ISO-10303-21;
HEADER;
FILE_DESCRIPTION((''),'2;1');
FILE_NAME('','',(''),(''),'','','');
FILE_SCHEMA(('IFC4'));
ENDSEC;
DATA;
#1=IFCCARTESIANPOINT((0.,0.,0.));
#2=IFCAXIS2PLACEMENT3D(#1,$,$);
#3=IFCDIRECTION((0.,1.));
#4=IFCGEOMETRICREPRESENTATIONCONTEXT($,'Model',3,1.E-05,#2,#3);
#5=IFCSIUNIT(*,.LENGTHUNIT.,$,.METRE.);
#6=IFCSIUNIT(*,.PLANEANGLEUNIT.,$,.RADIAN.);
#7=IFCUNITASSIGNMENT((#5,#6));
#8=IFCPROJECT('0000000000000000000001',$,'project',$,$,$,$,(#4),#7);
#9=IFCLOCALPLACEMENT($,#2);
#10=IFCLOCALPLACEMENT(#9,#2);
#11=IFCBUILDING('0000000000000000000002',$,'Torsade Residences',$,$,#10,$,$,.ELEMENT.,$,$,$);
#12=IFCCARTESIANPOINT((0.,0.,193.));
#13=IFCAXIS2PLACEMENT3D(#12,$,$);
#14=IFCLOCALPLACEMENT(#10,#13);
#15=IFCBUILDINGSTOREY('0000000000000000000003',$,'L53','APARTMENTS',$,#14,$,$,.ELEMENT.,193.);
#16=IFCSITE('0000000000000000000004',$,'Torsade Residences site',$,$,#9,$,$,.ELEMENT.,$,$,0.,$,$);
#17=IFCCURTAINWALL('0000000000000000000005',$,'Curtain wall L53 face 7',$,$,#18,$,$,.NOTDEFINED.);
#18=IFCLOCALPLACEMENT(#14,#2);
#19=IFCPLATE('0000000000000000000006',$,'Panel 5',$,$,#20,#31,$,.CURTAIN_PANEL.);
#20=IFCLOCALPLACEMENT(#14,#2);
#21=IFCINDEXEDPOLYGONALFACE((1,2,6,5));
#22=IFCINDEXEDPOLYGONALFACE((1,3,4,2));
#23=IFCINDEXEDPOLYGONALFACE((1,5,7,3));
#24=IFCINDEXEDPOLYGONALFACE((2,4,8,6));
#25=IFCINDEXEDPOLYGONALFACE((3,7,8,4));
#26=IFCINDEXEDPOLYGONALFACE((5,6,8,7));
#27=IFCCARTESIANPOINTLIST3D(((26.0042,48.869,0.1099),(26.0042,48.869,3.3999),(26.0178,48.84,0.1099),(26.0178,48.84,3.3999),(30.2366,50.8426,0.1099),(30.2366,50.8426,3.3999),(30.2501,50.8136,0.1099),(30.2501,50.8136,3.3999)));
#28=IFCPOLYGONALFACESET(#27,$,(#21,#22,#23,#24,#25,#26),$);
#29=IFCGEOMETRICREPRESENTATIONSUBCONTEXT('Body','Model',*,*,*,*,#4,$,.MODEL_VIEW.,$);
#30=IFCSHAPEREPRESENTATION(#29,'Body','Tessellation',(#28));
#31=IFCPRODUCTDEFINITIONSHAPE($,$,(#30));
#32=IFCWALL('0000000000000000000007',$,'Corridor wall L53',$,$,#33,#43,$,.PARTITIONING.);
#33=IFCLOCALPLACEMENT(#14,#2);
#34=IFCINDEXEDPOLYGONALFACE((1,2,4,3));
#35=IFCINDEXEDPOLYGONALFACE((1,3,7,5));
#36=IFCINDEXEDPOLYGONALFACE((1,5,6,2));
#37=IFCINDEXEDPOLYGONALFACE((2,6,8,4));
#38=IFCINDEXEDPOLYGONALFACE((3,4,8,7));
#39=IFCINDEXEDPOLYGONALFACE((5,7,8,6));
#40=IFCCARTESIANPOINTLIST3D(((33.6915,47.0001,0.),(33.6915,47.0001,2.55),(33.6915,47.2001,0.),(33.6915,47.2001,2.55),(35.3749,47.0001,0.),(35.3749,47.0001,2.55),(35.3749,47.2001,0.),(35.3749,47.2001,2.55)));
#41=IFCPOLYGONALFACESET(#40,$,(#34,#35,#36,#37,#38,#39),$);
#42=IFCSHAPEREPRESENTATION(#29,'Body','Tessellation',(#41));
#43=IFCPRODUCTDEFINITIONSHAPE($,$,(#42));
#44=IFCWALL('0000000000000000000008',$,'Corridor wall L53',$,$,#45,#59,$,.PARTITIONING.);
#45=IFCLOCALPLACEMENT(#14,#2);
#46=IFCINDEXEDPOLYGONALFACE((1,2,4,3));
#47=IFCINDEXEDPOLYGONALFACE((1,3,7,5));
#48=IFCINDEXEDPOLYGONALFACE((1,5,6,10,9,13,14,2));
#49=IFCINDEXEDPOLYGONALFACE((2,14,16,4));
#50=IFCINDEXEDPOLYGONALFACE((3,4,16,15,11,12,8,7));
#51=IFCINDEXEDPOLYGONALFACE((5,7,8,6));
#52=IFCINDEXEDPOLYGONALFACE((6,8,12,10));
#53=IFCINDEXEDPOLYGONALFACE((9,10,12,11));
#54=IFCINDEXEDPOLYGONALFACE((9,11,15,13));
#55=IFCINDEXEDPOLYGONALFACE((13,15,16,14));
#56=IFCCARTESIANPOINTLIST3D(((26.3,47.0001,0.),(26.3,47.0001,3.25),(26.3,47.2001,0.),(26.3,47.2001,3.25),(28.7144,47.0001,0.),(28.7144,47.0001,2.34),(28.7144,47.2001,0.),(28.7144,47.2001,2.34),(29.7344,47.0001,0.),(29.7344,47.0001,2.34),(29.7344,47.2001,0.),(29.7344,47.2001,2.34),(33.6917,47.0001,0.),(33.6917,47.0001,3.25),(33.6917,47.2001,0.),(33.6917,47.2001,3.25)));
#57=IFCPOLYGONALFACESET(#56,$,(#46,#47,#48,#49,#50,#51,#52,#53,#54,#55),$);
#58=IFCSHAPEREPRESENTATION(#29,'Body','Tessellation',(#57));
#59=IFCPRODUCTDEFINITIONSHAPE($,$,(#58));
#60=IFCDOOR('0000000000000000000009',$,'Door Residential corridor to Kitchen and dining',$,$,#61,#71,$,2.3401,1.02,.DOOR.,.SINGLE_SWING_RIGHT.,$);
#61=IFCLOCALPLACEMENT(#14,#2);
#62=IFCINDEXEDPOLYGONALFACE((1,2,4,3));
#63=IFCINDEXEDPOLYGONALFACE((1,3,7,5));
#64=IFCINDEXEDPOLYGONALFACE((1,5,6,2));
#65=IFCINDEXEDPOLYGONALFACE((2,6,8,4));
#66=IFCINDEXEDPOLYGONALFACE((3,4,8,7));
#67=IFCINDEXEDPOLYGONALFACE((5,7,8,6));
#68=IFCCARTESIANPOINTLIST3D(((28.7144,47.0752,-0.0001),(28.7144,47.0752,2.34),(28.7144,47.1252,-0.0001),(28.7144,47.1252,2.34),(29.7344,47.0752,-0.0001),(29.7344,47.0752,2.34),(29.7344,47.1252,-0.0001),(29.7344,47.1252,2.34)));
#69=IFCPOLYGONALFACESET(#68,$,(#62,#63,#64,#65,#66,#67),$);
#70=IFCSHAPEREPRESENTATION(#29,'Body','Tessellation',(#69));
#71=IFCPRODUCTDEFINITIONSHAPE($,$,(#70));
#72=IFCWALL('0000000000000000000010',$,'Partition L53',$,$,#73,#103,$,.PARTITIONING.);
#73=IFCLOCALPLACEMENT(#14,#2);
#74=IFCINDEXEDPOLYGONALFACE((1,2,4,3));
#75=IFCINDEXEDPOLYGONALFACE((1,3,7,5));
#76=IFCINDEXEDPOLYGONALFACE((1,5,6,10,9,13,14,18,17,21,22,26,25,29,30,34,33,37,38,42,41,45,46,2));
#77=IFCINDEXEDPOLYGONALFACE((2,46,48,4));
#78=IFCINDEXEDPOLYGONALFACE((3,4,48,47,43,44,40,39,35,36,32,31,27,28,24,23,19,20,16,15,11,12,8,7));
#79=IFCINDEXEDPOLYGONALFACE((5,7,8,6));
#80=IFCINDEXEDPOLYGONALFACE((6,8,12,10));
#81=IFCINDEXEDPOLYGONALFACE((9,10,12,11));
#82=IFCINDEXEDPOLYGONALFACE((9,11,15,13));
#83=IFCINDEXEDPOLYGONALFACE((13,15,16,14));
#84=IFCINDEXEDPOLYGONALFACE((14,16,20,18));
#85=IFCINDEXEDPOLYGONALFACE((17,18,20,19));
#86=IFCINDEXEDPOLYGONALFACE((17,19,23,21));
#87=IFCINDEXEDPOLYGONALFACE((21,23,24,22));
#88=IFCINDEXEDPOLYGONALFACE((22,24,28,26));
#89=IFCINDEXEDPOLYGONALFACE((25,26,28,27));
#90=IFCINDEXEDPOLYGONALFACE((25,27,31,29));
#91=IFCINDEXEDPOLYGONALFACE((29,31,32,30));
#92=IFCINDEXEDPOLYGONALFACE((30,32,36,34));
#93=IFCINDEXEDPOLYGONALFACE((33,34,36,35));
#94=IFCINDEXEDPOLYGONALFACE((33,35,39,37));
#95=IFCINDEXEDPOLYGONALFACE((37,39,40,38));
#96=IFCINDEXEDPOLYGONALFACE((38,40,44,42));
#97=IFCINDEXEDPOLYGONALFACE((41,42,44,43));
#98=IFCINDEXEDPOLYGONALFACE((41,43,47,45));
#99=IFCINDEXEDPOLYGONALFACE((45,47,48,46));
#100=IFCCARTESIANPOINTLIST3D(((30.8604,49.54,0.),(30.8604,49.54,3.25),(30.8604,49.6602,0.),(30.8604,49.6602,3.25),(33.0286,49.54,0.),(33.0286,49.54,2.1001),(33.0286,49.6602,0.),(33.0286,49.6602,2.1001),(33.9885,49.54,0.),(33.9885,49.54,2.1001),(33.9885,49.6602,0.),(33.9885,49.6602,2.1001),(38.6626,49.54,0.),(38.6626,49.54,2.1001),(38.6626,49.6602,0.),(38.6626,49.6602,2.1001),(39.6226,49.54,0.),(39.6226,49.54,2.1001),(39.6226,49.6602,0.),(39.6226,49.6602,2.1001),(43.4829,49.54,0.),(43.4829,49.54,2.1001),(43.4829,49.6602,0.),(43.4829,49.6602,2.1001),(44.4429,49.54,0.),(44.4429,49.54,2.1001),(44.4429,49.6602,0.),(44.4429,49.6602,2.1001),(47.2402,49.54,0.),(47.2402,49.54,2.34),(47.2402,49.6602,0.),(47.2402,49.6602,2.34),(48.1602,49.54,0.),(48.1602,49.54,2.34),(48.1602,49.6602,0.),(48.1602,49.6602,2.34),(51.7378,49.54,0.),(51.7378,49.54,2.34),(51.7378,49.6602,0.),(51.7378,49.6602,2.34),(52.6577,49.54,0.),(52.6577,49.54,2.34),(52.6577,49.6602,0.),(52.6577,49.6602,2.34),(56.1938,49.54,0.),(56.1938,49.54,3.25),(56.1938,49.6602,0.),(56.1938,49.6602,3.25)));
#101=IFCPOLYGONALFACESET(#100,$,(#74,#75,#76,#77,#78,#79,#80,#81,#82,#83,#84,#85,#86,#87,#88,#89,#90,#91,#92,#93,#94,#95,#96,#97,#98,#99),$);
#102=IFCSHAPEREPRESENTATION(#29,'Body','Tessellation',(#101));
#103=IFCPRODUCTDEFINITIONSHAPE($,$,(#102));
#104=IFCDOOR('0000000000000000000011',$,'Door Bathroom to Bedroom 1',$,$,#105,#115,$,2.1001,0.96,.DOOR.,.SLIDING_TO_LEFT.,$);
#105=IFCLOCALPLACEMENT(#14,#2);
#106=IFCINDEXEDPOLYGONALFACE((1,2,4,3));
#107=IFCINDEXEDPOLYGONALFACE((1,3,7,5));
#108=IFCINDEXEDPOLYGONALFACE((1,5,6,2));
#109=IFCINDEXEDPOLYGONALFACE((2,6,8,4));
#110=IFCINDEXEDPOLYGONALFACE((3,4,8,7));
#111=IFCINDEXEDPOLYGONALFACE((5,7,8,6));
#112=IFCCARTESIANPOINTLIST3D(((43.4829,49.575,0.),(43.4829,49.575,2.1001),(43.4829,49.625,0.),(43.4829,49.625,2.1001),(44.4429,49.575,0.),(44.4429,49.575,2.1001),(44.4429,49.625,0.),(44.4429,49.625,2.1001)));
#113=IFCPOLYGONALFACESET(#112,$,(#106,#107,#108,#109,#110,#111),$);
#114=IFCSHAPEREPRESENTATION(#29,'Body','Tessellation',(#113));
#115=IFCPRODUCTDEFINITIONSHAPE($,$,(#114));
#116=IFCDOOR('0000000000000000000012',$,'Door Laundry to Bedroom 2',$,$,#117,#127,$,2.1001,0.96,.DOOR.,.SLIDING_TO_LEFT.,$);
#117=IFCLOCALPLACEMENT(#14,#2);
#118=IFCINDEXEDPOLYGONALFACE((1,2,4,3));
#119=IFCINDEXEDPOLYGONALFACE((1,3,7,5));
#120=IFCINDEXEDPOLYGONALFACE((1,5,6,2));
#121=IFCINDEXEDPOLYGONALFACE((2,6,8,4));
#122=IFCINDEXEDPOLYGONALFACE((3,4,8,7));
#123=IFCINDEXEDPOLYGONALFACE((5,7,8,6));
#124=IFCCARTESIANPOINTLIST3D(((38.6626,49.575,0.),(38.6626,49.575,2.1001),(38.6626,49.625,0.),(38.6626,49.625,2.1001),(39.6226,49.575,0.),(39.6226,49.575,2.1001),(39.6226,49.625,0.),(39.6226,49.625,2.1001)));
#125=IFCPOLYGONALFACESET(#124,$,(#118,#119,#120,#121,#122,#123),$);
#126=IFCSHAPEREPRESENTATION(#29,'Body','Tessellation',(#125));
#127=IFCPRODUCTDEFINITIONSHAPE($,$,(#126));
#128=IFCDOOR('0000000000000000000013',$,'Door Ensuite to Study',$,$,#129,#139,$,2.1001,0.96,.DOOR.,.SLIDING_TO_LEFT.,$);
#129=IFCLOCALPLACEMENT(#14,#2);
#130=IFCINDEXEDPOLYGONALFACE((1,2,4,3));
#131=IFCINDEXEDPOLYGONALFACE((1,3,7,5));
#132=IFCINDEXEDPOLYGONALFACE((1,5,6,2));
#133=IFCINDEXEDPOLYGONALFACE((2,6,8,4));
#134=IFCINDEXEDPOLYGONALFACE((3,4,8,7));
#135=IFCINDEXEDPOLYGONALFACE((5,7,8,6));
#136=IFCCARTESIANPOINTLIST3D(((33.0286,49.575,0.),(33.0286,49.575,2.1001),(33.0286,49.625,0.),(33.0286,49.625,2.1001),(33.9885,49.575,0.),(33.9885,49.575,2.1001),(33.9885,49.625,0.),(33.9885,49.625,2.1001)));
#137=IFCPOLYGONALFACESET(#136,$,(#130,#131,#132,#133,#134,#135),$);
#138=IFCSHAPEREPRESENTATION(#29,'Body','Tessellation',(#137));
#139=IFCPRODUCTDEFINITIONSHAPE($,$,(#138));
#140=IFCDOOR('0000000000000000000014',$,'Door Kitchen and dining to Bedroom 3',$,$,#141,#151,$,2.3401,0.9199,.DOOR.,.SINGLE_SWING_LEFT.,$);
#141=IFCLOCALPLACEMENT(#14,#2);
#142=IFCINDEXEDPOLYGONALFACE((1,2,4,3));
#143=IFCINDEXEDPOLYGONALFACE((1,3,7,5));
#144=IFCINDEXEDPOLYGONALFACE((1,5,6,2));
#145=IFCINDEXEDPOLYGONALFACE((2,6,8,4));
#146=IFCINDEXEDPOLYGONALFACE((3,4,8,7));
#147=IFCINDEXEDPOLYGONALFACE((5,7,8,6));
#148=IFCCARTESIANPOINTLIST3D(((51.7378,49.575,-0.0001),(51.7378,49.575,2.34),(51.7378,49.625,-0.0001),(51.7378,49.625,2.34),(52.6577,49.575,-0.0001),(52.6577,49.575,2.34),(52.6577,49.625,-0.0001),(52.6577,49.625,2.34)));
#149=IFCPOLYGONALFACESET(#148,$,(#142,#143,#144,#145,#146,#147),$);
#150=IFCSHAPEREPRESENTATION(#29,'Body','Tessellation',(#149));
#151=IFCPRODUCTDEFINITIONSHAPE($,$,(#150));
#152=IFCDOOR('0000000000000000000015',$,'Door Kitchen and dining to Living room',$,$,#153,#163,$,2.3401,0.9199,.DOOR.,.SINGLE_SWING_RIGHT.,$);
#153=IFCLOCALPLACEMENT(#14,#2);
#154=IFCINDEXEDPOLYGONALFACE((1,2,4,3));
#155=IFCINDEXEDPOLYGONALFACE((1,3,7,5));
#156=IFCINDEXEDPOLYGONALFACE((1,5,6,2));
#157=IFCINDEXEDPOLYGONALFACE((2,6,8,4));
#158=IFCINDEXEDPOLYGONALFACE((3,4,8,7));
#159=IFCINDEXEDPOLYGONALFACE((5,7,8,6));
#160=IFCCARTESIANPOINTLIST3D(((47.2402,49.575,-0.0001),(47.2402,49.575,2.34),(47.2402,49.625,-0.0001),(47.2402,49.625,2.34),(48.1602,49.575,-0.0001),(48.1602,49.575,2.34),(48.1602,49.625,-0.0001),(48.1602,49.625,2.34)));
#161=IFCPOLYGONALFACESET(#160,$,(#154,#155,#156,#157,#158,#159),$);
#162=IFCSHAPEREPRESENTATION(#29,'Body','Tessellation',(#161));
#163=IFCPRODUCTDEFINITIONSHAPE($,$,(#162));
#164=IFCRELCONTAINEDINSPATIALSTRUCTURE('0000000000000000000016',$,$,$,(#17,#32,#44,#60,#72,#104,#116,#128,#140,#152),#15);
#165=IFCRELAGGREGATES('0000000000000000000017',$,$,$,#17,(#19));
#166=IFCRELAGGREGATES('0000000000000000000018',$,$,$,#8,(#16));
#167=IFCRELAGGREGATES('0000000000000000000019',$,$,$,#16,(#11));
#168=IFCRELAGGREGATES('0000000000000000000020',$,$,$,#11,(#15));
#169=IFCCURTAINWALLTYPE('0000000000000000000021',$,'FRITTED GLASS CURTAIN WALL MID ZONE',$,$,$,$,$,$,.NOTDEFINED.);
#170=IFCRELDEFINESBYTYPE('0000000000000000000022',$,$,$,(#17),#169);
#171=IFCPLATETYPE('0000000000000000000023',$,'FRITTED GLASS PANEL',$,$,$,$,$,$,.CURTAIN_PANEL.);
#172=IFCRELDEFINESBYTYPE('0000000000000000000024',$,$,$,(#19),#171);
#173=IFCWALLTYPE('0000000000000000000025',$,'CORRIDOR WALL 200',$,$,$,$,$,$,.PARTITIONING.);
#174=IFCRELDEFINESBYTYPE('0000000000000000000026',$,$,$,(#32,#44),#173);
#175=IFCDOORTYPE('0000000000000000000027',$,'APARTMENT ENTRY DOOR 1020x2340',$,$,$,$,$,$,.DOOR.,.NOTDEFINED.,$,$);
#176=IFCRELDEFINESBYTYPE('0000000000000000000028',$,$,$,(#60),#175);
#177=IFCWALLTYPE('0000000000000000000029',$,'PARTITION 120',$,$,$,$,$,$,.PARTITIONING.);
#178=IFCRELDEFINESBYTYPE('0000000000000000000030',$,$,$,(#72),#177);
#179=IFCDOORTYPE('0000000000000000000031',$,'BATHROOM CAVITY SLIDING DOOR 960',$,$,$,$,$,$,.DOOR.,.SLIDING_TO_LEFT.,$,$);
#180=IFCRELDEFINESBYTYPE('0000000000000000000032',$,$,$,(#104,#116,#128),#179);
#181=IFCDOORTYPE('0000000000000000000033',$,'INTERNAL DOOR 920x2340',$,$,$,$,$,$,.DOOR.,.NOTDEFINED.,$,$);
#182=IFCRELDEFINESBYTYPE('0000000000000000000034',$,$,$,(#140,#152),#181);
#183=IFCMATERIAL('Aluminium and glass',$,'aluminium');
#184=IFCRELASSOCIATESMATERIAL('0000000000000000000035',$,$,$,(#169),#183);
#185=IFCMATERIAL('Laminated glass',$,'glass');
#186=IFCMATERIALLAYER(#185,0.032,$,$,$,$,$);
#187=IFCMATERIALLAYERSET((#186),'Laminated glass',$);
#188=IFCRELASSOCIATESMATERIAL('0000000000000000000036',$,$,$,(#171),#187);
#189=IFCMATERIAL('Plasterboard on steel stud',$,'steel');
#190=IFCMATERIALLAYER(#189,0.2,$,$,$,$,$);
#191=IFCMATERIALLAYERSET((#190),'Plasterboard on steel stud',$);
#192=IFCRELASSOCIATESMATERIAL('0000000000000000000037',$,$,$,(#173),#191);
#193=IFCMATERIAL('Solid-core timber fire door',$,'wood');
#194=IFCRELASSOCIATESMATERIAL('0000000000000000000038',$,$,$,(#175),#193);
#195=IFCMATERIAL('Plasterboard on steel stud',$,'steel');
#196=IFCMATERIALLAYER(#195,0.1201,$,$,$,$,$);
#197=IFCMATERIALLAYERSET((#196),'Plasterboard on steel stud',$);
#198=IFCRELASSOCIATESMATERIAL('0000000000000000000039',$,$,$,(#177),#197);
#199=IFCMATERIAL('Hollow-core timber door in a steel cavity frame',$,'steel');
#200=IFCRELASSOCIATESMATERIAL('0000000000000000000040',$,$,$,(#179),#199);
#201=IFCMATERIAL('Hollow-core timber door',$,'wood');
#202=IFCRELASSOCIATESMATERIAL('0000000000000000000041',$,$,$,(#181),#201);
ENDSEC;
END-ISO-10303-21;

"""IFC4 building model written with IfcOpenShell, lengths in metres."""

from ifc_helpers import new_model, si_unit, direction, frame, frame_2d, origin, origin_2d, place, context, subcontext, project, spatial, rectangle, extrude, material, layer, layer_set, type_object, element, fill, aggregate, save


model = new_model("IFC4")

# Units and contexts
model_context = context("Model", 3, precision=1e-05, world=origin(), true_north=direction((0.0, 1.0)))
body_context = subcontext(model_context, "Body", "Model", "MODEL_VIEW")
ifc_project = project(units=[si_unit("LENGTHUNIT", "METRE"), si_unit("PLANEANGLEUNIT", "RADIAN")], contexts=[model_context])

# Site, building, storey
site_placement = place(None, origin())
site = spatial("IfcSite", under=ifc_project, at=site_placement, Name="Torsade Residences site", CompositionType="ELEMENT", RefElevation=0.0)
building_placement = place(site_placement, origin())
building = spatial("IfcBuilding", under=site, at=building_placement, Name="Torsade Residences", CompositionType="ELEMENT")
storey_placement = place(building_placement, frame((0.0, 0.0, 193.0)))
storey = spatial("IfcBuildingStorey", under=building, at=storey_placement, Name="L53", Description="APARTMENTS", CompositionType="ELEMENT", Elevation=193.0)

# Curtain wall
ifc_material_1 = material(Name="Aluminium and glass", Category="aluminium")
curtain_wall_type = type_object("IfcCurtainWallType", Name="FRITTED GLASS CURTAIN WALL MID ZONE", PredefinedType="NOTDEFINED", material=ifc_material_1)
curtain_wall_placement = place(storey_placement, origin())
curtain_wall = element("IfcCurtainWall", 1, at=curtain_wall_placement, inside=storey, type_object=curtain_wall_type, Name="Curtain wall L53 face 7", PredefinedType="NOTDEFINED")

# Plate
ifc_material_2 = material(Name="Laminated glass", Category="glass")
ifc_layer_1 = layer(ifc_material_2, 0.032)
ifc_layer_set_1 = layer_set([ifc_layer_1], Name="Laminated glass")
plate_type = type_object("IfcPlateType", Name="FRITTED GLASS PANEL", PredefinedType="CURTAIN_PANEL", material=ifc_layer_set_1)
plate_1_placement = place(storey_placement, frame((28.1272, 49.8413, 0.1099), z_axis=(0.0, 0.0, 1.0), x_axis=(-0.906308, -0.422618, 0.0)))
plate_1 = element("IfcPlate", 2, at=plate_1_placement, type_object=plate_type, Name="Panel 5", PredefinedType="CURTAIN_PANEL", context=body_context, shape_type="SweptSolid", body=[
    extrude(rectangle(XDim=4.6699, YDim=0.032, at=origin_2d()), origin(), (0.0, 0.0, 1.0), 3.29),
])
aggregate(curtain_wall, [plate_1])

# Wall
ifc_material_3 = material(Name="Plasterboard on steel stud", Category="steel")
ifc_layer_2 = layer(ifc_material_3, 0.2)
ifc_layer_set_2 = layer_set([ifc_layer_2], Name="Plasterboard on steel stud")
wall_type_1 = type_object("IfcWallType", Name="CORRIDOR WALL 200", PredefinedType="PARTITIONING", material=ifc_layer_set_2)
wall_1_placement = place(storey_placement, frame((35.375, 47.1001, 0.0), z_axis=(0.0, 0.0, 1.0), x_axis=(-1.0, 0.0, 0.0)))
element("IfcWall", 3, at=wall_1_placement, inside=storey, type_object=wall_type_1, Name="Corridor wall L53", PredefinedType="PARTITIONING", context=body_context, shape_type="SweptSolid", body=[
    extrude(rectangle(XDim=1.6833, YDim=0.2, at=frame_2d((0.8418, 0.0))), origin(), (0.0, 0.0, 1.0), 2.55),
])

# Wall, opening, door
wall_2_placement = place(storey_placement, frame((33.6917, 47.1001, 0.0), z_axis=(0.0, 0.0, 1.0), x_axis=(-1.0, 0.0, 0.0)))
wall_2 = element("IfcWall", 4, at=wall_2_placement, inside=storey, type_object=wall_type_1, Name="Corridor wall L53", PredefinedType="PARTITIONING", context=body_context, shape_type="SweptSolid", body=[
    extrude(rectangle(XDim=7.3916, YDim=0.2, at=frame_2d((3.6958, 0.0))), origin(), (0.0, 0.0, 1.0), 3.25),
])
opening_1_placement = place(wall_2_placement, frame((3.9573, 0.0, 0.0)))
opening_1 = element("IfcOpeningElement", 5, at=opening_1_placement, cuts=wall_2, PredefinedType="OPENING", context=body_context, shape_type="SweptSolid", body=[
    extrude(rectangle(XDim=1.02, YDim=2.3401, at=frame_2d((0.51, 1.1699))), frame((0.0, 0.1099, 0.0), z_axis=(0.0, -1.0, 0.0), x_axis=(1.0, 0.0, 0.0)), (0.0, 0.0, 1.0), 0.22),
])
ifc_material_4 = material(Name="Solid-core timber fire door", Category="wood")
door_type_1 = type_object("IfcDoorType", Name="APARTMENT ENTRY DOOR 1020x2340", OperationType="NOTDEFINED", PredefinedType="DOOR", material=ifc_material_4)
door_1_placement = place(opening_1_placement, origin())
door_1 = element("IfcDoor", 6, at=door_1_placement, inside=storey, type_object=door_type_1, Name="Door Residential corridor to Kitchen and dining", OperationType="SINGLE_SWING_RIGHT", OverallHeight=2.3401, OverallWidth=1.02, PredefinedType="DOOR", context=body_context, shape_type="SweptSolid", body=[
    extrude(rectangle(XDim=1.02, YDim=2.3401, at=frame_2d((0.51, 1.1699))), frame((0.0, 0.0249, 0.0), z_axis=(0.0, -1.0, 0.0), x_axis=(1.0, 0.0, 0.0)), (0.0, 0.0, 1.0), 0.05),
])
fill(opening_1, door_1)

# Wall, openings, doors
ifc_material_5 = material(Name="Plasterboard on steel stud", Category="steel")
ifc_layer_3 = layer(ifc_material_5, 0.1201)
ifc_layer_set_3 = layer_set([ifc_layer_3], Name="Plasterboard on steel stud")
wall_type_2 = type_object("IfcWallType", Name="PARTITION 120", PredefinedType="PARTITIONING", material=ifc_layer_set_3)
wall_3_placement = place(storey_placement, frame((30.8604, 49.6001, 0.0), z_axis=(0.0, 0.0, 1.0), x_axis=(1.0, 0.0, 0.0)))
wall_3 = element("IfcWall", 7, at=wall_3_placement, inside=storey, type_object=wall_type_2, Name="Partition L53", PredefinedType="PARTITIONING", context=body_context, shape_type="SweptSolid", body=[
    extrude(rectangle(XDim=25.3335, YDim=0.1201, at=frame_2d((12.6667, 0.0))), origin(), (0.0, 0.0, 1.0), 3.25),
])
opening_2_placement = place(wall_3_placement, frame((20.8774, 0.0, 0.0)))
opening_2 = element("IfcOpeningElement", 8, at=opening_2_placement, cuts=wall_3, PredefinedType="OPENING", context=body_context, shape_type="SweptSolid", body=[
    extrude(rectangle(XDim=0.9199, YDim=2.3401, at=frame_2d((0.46, 1.1699))), frame((0.0, 0.0701, 0.0), z_axis=(0.0, -1.0, 0.0), x_axis=(1.0, 0.0, 0.0)), (0.0, 0.0, 1.0), 0.1401),
])
opening_3_placement = place(wall_3_placement, frame((16.3799, 0.0, 0.0)))
opening_3 = element("IfcOpeningElement", 9, at=opening_3_placement, cuts=wall_3, PredefinedType="OPENING", context=body_context, shape_type="SweptSolid", body=[
    extrude(rectangle(XDim=0.9199, YDim=2.3401, at=frame_2d((0.46, 1.1699))), frame((0.0, 0.0701, 0.0), z_axis=(0.0, -1.0, 0.0), x_axis=(1.0, 0.0, 0.0)), (0.0, 0.0, 1.0), 0.1401),
])
opening_4_placement = place(wall_3_placement, frame((12.6226, 0.0, 0.0)))
opening_4 = element("IfcOpeningElement", 10, at=opening_4_placement, cuts=wall_3, PredefinedType="OPENING", context=body_context, shape_type="SweptSolid", body=[
    extrude(rectangle(XDim=0.96, YDim=2.1001, at=frame_2d((0.48, 1.05))), frame((0.0, 0.0701, 0.0), z_axis=(0.0, -1.0, 0.0), x_axis=(1.0, 0.0, 0.0)), (0.0, 0.0, 1.0), 0.1401),
])
opening_5_placement = place(wall_3_placement, frame((7.8022, 0.0, 0.0)))
opening_5 = element("IfcOpeningElement", 11, at=opening_5_placement, cuts=wall_3, PredefinedType="OPENING", context=body_context, shape_type="SweptSolid", body=[
    extrude(rectangle(XDim=0.96, YDim=2.1001, at=frame_2d((0.48, 1.05))), frame((0.0, 0.0701, 0.0), z_axis=(0.0, -1.0, 0.0), x_axis=(1.0, 0.0, 0.0)), (0.0, 0.0, 1.0), 0.1401),
])
opening_6_placement = place(wall_3_placement, frame((2.1682, 0.0, 0.0)))
opening_6 = element("IfcOpeningElement", 12, at=opening_6_placement, cuts=wall_3, PredefinedType="OPENING", context=body_context, shape_type="SweptSolid", body=[
    extrude(rectangle(XDim=0.96, YDim=2.1001, at=frame_2d((0.48, 1.05))), frame((0.0, 0.0701, 0.0), z_axis=(0.0, -1.0, 0.0), x_axis=(1.0, 0.0, 0.0)), (0.0, 0.0, 1.0), 0.1401),
])
ifc_material_6 = material(Name="Hollow-core timber door in a steel cavity frame", Category="steel")
door_type_2 = type_object("IfcDoorType", Name="BATHROOM CAVITY SLIDING DOOR 960", OperationType="SLIDING_TO_LEFT", PredefinedType="DOOR", material=ifc_material_6)
door_2_placement = place(opening_4_placement, origin())
door_2 = element("IfcDoor", 13, at=door_2_placement, inside=storey, type_object=door_type_2, Name="Door Bathroom to Bedroom 1", OperationType="SLIDING_TO_LEFT", OverallHeight=2.1001, OverallWidth=0.96, PredefinedType="DOOR", context=body_context, shape_type="SweptSolid", body=[
    extrude(rectangle(XDim=0.96, YDim=2.1001, at=frame_2d((0.48, 1.05))), frame((0.0, 0.0249, 0.0), z_axis=(0.0, -1.0, 0.0), x_axis=(1.0, 0.0, 0.0)), (0.0, 0.0, 1.0), 0.05),
])
fill(opening_4, door_2)
door_3_placement = place(opening_5_placement, origin())
door_3 = element("IfcDoor", 14, at=door_3_placement, inside=storey, type_object=door_type_2, Name="Door Laundry to Bedroom 2", OperationType="SLIDING_TO_LEFT", OverallHeight=2.1001, OverallWidth=0.96, PredefinedType="DOOR", context=body_context, shape_type="SweptSolid", body=[
    extrude(rectangle(XDim=0.96, YDim=2.1001, at=frame_2d((0.48, 1.05))), frame((0.0, 0.0249, 0.0), z_axis=(0.0, -1.0, 0.0), x_axis=(1.0, 0.0, 0.0)), (0.0, 0.0, 1.0), 0.05),
])
fill(opening_5, door_3)
door_4_placement = place(opening_6_placement, origin())
door_4 = element("IfcDoor", 15, at=door_4_placement, inside=storey, type_object=door_type_2, Name="Door Ensuite to Study", OperationType="SLIDING_TO_LEFT", OverallHeight=2.1001, OverallWidth=0.96, PredefinedType="DOOR", context=body_context, shape_type="SweptSolid", body=[
    extrude(rectangle(XDim=0.96, YDim=2.1001, at=frame_2d((0.48, 1.05))), frame((0.0, 0.0249, 0.0), z_axis=(0.0, -1.0, 0.0), x_axis=(1.0, 0.0, 0.0)), (0.0, 0.0, 1.0), 0.05),
])
fill(opening_6, door_4)
ifc_material_7 = material(Name="Hollow-core timber door", Category="wood")
door_type_3 = type_object("IfcDoorType", Name="INTERNAL DOOR 920x2340", OperationType="NOTDEFINED", PredefinedType="DOOR", material=ifc_material_7)
door_5_placement = place(opening_2_placement, origin())
door_5 = element("IfcDoor", 16, at=door_5_placement, inside=storey, type_object=door_type_3, Name="Door Kitchen and dining to Bedroom 3", OperationType="SINGLE_SWING_LEFT", OverallHeight=2.3401, OverallWidth=0.9199, PredefinedType="DOOR", context=body_context, shape_type="SweptSolid", body=[
    extrude(rectangle(XDim=0.9199, YDim=2.3401, at=frame_2d((0.46, 1.1699))), frame((0.0, 0.0249, 0.0), z_axis=(0.0, -1.0, 0.0), x_axis=(1.0, 0.0, 0.0)), (0.0, 0.0, 1.0), 0.05),
])
fill(opening_2, door_5)
door_6_placement = place(opening_3_placement, origin())
door_6 = element("IfcDoor", 17, at=door_6_placement, inside=storey, type_object=door_type_3, Name="Door Kitchen and dining to Living room", OperationType="SINGLE_SWING_RIGHT", OverallHeight=2.3401, OverallWidth=0.9199, PredefinedType="DOOR", context=body_context, shape_type="SweptSolid", body=[
    extrude(rectangle(XDim=0.9199, YDim=2.3401, at=frame_2d((0.46, 1.1699))), frame((0.0, 0.0249, 0.0), z_axis=(0.0, -1.0, 0.0), x_axis=(1.0, 0.0, 0.0)), (0.0, 0.0, 1.0), 0.05),
])
fill(opening_3, door_6)

save(model, "model.ifc")
